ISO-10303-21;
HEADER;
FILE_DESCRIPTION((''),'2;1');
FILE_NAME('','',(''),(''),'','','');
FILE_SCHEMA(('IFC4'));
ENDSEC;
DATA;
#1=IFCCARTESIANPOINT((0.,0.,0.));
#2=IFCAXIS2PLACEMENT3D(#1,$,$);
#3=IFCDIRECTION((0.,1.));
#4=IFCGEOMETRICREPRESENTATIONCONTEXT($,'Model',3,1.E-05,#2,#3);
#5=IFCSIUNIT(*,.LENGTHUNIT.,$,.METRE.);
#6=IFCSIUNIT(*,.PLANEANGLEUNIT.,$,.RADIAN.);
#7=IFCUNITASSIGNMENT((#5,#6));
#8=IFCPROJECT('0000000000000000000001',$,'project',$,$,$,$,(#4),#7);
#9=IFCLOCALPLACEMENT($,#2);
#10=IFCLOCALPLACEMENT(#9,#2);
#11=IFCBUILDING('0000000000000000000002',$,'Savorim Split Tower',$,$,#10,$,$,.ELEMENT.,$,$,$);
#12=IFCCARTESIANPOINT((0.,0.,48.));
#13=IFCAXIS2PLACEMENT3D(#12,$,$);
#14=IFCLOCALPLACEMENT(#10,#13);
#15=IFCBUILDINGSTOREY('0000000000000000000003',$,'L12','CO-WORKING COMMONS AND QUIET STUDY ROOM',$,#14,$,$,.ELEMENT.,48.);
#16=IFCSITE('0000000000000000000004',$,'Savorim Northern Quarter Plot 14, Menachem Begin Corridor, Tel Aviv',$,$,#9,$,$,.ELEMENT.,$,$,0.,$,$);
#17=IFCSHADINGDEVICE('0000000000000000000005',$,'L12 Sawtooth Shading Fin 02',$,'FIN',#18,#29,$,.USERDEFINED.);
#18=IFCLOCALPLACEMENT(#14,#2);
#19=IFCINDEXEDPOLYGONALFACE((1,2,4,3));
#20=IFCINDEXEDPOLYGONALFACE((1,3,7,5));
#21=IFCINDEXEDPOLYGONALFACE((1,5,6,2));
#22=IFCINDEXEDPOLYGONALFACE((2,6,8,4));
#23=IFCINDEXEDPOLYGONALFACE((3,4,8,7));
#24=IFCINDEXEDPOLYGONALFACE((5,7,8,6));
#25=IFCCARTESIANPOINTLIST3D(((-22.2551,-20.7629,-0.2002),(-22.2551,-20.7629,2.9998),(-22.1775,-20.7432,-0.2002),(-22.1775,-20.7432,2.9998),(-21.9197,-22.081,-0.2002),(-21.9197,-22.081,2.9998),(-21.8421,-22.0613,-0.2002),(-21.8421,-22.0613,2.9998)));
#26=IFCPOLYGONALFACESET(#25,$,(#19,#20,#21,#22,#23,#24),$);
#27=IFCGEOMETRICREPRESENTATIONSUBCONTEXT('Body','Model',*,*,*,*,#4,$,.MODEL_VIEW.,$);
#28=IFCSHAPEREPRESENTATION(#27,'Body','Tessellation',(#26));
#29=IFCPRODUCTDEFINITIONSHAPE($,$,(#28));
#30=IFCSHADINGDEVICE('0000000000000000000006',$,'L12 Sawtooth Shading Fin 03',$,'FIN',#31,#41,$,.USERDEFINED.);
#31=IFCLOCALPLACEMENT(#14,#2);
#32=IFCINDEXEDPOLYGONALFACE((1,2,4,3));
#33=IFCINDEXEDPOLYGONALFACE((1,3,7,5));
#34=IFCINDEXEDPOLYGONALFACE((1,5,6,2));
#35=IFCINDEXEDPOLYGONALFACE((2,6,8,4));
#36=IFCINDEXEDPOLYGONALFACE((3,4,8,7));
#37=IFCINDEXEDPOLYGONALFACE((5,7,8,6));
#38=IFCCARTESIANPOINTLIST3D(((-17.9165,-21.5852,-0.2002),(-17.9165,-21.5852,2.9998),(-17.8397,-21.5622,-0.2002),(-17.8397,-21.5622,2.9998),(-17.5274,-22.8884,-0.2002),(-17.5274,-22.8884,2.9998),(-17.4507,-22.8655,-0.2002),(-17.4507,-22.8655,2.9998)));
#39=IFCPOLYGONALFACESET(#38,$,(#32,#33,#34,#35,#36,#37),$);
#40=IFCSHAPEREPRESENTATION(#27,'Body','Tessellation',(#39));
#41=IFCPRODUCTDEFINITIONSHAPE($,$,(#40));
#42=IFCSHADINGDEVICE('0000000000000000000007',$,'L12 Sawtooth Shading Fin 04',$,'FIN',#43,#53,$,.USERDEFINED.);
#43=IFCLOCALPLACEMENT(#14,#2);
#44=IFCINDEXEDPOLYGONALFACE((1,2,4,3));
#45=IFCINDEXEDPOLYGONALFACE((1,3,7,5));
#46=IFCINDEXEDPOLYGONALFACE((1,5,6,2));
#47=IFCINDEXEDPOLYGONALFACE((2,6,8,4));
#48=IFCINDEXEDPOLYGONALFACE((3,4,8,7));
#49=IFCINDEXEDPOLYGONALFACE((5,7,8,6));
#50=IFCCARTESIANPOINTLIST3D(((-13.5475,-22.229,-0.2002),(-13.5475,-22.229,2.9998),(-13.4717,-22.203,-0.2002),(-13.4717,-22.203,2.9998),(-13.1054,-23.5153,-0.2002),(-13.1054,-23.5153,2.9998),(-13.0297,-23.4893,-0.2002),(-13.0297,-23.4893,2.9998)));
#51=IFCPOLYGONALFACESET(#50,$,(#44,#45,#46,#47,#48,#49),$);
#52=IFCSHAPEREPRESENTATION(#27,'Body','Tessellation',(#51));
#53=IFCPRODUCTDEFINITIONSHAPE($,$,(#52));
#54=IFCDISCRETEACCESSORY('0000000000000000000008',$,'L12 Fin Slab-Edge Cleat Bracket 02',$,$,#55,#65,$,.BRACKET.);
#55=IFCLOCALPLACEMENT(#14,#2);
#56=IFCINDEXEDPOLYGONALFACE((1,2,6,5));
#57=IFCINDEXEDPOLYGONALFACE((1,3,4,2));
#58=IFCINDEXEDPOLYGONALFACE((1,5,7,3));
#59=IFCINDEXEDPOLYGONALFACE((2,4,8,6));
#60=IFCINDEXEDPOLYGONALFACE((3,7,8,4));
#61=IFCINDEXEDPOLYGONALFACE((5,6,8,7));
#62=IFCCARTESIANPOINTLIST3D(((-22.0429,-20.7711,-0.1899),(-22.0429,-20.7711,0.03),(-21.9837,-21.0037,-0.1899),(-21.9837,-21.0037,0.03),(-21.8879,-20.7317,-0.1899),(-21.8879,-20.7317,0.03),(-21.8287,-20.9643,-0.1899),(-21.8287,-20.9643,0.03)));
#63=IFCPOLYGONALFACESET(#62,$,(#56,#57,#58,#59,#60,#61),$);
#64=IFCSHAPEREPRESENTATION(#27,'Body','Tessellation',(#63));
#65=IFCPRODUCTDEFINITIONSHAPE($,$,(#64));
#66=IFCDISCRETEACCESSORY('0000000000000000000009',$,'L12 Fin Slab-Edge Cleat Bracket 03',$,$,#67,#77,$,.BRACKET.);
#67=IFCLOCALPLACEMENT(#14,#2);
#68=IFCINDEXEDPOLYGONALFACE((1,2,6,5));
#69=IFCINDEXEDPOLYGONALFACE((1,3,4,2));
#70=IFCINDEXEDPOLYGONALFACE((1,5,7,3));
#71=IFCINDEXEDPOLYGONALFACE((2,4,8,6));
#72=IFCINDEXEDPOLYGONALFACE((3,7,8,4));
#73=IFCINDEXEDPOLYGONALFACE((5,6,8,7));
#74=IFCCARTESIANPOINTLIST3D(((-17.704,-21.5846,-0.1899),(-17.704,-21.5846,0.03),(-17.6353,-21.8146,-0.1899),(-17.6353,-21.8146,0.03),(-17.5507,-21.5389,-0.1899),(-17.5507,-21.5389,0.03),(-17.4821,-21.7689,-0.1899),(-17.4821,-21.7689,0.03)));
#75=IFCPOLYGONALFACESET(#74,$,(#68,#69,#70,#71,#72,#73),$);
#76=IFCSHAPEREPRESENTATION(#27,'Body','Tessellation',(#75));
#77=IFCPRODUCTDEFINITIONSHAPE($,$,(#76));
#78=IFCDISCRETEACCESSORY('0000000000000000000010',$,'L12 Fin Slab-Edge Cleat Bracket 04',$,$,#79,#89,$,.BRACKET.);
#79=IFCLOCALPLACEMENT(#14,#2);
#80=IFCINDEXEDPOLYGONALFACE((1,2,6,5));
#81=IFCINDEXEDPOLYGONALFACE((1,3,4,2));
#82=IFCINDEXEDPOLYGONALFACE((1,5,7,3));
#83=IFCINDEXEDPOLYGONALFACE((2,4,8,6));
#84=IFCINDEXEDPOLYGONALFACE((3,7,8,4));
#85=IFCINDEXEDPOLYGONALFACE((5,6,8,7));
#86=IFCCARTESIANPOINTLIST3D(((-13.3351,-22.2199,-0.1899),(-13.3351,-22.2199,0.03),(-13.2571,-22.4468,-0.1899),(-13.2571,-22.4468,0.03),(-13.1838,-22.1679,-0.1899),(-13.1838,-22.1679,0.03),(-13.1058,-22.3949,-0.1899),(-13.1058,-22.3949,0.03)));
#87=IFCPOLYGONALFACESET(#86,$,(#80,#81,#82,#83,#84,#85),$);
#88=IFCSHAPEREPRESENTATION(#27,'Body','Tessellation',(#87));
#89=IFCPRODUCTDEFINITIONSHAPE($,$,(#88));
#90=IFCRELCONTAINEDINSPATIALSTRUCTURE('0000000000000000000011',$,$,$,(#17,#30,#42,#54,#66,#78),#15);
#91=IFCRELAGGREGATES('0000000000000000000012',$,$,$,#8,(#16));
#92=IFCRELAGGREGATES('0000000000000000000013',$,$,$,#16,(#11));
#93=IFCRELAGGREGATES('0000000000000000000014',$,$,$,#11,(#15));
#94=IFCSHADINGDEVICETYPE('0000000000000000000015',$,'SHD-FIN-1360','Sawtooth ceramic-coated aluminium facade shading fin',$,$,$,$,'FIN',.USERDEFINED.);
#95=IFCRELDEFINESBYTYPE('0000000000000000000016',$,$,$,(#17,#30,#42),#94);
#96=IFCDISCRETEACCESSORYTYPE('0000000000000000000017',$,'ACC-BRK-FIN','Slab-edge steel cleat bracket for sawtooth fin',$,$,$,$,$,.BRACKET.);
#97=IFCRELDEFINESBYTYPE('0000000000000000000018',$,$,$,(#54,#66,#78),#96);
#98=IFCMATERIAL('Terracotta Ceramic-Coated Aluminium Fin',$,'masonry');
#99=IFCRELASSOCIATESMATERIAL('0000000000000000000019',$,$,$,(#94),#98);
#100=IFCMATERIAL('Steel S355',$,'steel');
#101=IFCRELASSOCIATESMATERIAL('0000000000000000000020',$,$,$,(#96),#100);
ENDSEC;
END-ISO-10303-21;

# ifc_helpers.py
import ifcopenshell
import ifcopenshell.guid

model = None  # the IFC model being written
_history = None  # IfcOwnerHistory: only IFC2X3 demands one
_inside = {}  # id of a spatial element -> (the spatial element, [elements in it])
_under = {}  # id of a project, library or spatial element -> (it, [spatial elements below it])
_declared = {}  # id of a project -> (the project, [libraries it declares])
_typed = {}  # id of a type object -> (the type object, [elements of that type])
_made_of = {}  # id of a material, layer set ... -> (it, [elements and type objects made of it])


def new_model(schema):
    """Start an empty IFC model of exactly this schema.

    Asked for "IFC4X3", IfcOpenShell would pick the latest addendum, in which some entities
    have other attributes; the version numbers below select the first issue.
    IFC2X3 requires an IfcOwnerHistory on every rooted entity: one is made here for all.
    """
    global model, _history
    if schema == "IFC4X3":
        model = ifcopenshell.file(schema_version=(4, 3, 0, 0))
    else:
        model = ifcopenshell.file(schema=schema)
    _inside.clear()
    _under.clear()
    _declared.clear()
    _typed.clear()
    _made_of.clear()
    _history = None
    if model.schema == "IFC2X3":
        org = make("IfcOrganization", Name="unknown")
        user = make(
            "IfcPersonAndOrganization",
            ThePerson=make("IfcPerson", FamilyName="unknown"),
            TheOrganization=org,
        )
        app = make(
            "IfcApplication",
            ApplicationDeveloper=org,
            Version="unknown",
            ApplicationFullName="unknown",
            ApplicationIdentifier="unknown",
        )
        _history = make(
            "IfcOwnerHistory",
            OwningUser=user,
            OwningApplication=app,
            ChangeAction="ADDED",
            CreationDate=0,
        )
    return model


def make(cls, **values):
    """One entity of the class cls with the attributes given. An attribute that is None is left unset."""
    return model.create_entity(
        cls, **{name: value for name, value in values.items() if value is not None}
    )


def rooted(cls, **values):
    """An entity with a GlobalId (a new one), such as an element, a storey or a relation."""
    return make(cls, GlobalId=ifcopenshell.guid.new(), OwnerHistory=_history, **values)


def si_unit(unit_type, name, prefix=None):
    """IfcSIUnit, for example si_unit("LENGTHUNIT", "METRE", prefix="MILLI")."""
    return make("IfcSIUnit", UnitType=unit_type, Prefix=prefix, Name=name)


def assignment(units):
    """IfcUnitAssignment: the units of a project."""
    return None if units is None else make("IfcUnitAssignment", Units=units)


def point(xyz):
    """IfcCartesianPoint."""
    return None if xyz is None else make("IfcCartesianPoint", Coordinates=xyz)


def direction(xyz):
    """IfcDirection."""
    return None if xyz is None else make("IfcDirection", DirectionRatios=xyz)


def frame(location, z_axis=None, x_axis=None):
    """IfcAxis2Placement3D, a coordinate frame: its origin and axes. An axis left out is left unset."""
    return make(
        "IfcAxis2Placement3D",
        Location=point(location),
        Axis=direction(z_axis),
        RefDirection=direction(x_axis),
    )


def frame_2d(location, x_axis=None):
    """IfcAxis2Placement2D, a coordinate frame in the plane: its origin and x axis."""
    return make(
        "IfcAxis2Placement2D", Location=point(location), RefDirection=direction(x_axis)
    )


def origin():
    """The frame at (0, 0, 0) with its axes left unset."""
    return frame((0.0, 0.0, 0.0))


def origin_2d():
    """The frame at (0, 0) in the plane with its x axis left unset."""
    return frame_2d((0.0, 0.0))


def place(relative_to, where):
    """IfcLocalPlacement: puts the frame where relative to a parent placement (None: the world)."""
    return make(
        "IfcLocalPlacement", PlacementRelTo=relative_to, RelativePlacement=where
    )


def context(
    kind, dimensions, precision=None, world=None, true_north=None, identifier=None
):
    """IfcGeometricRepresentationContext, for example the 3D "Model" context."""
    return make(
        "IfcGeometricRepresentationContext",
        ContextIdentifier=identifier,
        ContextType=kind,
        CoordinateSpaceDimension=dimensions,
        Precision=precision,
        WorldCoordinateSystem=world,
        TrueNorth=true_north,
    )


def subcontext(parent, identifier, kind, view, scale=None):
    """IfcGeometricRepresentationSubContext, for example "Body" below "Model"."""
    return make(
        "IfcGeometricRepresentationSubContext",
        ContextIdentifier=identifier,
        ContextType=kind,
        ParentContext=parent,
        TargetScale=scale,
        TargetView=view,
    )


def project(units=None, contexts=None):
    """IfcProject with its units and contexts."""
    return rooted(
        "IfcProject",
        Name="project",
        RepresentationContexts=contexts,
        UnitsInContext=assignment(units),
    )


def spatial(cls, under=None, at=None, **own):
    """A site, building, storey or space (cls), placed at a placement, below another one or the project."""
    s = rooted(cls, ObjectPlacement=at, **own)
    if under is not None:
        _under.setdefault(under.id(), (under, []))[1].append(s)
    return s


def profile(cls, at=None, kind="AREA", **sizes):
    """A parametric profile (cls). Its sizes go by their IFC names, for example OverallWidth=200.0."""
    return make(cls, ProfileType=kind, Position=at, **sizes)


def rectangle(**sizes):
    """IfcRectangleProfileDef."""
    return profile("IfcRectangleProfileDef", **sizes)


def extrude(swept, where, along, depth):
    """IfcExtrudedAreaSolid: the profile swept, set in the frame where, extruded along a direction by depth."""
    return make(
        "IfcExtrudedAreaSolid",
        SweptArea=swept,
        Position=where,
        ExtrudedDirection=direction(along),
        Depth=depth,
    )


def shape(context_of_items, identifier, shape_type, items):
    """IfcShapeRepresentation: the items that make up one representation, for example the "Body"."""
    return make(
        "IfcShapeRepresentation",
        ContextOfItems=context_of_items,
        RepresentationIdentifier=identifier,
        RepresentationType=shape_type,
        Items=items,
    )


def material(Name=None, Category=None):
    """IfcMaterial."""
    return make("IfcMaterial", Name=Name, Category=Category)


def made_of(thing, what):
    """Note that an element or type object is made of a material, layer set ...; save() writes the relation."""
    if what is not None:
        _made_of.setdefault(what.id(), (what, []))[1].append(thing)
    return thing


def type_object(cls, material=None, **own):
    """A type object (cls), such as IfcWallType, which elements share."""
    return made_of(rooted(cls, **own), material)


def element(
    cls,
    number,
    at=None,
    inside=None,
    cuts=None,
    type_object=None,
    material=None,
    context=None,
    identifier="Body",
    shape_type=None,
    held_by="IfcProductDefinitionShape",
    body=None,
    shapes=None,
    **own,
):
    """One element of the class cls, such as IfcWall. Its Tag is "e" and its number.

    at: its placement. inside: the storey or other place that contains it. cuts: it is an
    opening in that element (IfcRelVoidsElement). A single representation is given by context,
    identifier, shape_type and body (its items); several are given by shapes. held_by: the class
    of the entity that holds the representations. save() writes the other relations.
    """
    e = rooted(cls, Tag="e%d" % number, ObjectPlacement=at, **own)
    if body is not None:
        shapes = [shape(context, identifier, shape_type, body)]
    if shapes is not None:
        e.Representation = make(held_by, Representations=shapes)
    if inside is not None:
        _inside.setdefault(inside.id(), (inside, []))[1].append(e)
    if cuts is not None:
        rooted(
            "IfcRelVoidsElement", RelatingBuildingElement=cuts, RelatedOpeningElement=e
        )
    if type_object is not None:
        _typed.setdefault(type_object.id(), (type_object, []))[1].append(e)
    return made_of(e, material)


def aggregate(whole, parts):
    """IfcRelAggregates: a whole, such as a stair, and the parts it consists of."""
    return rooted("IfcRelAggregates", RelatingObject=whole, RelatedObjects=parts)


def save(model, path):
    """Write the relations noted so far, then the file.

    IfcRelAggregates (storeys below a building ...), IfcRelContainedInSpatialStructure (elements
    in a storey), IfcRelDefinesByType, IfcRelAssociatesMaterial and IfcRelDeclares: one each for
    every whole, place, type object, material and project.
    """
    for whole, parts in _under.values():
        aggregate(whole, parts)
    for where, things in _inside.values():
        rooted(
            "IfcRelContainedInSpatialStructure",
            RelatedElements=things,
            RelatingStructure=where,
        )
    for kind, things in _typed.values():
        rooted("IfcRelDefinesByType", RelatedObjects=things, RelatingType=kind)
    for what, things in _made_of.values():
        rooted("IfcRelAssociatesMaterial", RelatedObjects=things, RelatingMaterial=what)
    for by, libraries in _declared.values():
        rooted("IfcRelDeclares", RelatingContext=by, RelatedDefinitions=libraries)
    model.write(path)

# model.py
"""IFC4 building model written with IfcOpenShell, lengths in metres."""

from ifc_helpers import new_model, si_unit, direction, frame, origin, origin_2d, place, context, subcontext, project, spatial, rectangle, extrude, material, type_object, element, save


model = new_model("IFC4")

# Units and contexts
model_context = context("Model", 3, precision=1e-05, world=origin(), true_north=direction((0.0, 1.0)))
body_context = subcontext(model_context, "Body", "Model", "MODEL_VIEW")
ifc_project = project(units=[si_unit("LENGTHUNIT", "METRE"), si_unit("PLANEANGLEUNIT", "RADIAN")], contexts=[model_context])

# Site, building, storey
site_placement = place(None, origin())
site = spatial("IfcSite", under=ifc_project, at=site_placement, Name="Savorim Northern Quarter Plot 14, Menachem Begin Corridor, Tel Aviv", CompositionType="ELEMENT", RefElevation=0.0)
building_placement = place(site_placement, origin())
building = spatial("IfcBuilding", under=site, at=building_placement, Name="Savorim Split Tower", CompositionType="ELEMENT")
storey_placement = place(building_placement, frame((0.0, 0.0, 48.0)))
storey = spatial("IfcBuildingStorey", under=building, at=storey_placement, Name="L12", Description="CO-WORKING COMMONS AND QUIET STUDY ROOM", CompositionType="ELEMENT", Elevation=48.0)

# Shared definitions
ifc_material_1 = material(Name="Steel S355", Category="steel")

# Shading devices
ifc_material_2 = material(Name="Terracotta Ceramic-Coated Aluminium Fin", Category="masonry")
shading_device_type = type_object("IfcShadingDeviceType", Name="SHD-FIN-1360", Description="Sawtooth ceramic-coated aluminium facade shading fin", ElementType="FIN", PredefinedType="USERDEFINED", material=ifc_material_2)
for number, where, z_axis, x_axis, name in (
    (1, (-22.0486, -21.4121, -0.2002), (0.0, 0.0, 1.0), (0.246581, -0.969122, 0.0), "L12 Sawtooth Shading Fin 02"),
    (2, (-17.6836, -22.2253, -0.2002), (0.0, 0.0, 1.0), (0.286026, -0.958222, 0.0), "L12 Sawtooth Shading Fin 03"),
    (3, (-13.2886, -22.8591, -0.2002), (0.0, 0.0, 1.0), (0.324994, -0.945716, 0.0), "L12 Sawtooth Shading Fin 04"),
):
    element("IfcShadingDevice", number, at=place(storey_placement, frame(where, z_axis=z_axis, x_axis=x_axis)), inside=storey, type_object=shading_device_type, Name=name, ObjectType="FIN", PredefinedType="USERDEFINED", context=body_context, shape_type="SweptSolid", body=[
        extrude(rectangle(XDim=1.3601, YDim=0.0801, at=origin_2d()), origin(), (0.0, 0.0, 1.0), 3.2),
    ])

# Discrete accessories
discrete_accessory_type = type_object("IfcDiscreteAccessoryType", Name="ACC-BRK-FIN", Description="Slab-edge steel cleat bracket for sawtooth fin", PredefinedType="BRACKET", material=ifc_material_1)
for number, where, z_axis, x_axis, name in (
    (4, (-21.9358, -20.8677, -0.1899), (0.0, 0.0, 1.0), (0.246581, -0.969122, 0.0), "L12 Fin Slab-Edge Cleat Bracket 02"),
    (5, (-17.593, -21.6768, -0.1899), (0.0, 0.0, 1.0), (0.286026, -0.958222, 0.0), "L12 Fin Slab-Edge Cleat Bracket 03"),
    (6, (-13.2205, -22.3074, -0.1899), (0.0, 0.0, 1.0), (0.324994, -0.945716, 0.0), "L12 Fin Slab-Edge Cleat Bracket 04"),
):
    element("IfcDiscreteAccessory", number, at=place(storey_placement, frame(where, z_axis=z_axis, x_axis=x_axis)), inside=storey, type_object=discrete_accessory_type, Name=name, PredefinedType="BRACKET", context=body_context, shape_type="SweptSolid", body=[
        extrude(rectangle(XDim=0.24, YDim=0.1599, at=origin_2d()), origin(), (0.0, 0.0, 1.0), 0.22),
    ])

save(model, "model.ifc")
